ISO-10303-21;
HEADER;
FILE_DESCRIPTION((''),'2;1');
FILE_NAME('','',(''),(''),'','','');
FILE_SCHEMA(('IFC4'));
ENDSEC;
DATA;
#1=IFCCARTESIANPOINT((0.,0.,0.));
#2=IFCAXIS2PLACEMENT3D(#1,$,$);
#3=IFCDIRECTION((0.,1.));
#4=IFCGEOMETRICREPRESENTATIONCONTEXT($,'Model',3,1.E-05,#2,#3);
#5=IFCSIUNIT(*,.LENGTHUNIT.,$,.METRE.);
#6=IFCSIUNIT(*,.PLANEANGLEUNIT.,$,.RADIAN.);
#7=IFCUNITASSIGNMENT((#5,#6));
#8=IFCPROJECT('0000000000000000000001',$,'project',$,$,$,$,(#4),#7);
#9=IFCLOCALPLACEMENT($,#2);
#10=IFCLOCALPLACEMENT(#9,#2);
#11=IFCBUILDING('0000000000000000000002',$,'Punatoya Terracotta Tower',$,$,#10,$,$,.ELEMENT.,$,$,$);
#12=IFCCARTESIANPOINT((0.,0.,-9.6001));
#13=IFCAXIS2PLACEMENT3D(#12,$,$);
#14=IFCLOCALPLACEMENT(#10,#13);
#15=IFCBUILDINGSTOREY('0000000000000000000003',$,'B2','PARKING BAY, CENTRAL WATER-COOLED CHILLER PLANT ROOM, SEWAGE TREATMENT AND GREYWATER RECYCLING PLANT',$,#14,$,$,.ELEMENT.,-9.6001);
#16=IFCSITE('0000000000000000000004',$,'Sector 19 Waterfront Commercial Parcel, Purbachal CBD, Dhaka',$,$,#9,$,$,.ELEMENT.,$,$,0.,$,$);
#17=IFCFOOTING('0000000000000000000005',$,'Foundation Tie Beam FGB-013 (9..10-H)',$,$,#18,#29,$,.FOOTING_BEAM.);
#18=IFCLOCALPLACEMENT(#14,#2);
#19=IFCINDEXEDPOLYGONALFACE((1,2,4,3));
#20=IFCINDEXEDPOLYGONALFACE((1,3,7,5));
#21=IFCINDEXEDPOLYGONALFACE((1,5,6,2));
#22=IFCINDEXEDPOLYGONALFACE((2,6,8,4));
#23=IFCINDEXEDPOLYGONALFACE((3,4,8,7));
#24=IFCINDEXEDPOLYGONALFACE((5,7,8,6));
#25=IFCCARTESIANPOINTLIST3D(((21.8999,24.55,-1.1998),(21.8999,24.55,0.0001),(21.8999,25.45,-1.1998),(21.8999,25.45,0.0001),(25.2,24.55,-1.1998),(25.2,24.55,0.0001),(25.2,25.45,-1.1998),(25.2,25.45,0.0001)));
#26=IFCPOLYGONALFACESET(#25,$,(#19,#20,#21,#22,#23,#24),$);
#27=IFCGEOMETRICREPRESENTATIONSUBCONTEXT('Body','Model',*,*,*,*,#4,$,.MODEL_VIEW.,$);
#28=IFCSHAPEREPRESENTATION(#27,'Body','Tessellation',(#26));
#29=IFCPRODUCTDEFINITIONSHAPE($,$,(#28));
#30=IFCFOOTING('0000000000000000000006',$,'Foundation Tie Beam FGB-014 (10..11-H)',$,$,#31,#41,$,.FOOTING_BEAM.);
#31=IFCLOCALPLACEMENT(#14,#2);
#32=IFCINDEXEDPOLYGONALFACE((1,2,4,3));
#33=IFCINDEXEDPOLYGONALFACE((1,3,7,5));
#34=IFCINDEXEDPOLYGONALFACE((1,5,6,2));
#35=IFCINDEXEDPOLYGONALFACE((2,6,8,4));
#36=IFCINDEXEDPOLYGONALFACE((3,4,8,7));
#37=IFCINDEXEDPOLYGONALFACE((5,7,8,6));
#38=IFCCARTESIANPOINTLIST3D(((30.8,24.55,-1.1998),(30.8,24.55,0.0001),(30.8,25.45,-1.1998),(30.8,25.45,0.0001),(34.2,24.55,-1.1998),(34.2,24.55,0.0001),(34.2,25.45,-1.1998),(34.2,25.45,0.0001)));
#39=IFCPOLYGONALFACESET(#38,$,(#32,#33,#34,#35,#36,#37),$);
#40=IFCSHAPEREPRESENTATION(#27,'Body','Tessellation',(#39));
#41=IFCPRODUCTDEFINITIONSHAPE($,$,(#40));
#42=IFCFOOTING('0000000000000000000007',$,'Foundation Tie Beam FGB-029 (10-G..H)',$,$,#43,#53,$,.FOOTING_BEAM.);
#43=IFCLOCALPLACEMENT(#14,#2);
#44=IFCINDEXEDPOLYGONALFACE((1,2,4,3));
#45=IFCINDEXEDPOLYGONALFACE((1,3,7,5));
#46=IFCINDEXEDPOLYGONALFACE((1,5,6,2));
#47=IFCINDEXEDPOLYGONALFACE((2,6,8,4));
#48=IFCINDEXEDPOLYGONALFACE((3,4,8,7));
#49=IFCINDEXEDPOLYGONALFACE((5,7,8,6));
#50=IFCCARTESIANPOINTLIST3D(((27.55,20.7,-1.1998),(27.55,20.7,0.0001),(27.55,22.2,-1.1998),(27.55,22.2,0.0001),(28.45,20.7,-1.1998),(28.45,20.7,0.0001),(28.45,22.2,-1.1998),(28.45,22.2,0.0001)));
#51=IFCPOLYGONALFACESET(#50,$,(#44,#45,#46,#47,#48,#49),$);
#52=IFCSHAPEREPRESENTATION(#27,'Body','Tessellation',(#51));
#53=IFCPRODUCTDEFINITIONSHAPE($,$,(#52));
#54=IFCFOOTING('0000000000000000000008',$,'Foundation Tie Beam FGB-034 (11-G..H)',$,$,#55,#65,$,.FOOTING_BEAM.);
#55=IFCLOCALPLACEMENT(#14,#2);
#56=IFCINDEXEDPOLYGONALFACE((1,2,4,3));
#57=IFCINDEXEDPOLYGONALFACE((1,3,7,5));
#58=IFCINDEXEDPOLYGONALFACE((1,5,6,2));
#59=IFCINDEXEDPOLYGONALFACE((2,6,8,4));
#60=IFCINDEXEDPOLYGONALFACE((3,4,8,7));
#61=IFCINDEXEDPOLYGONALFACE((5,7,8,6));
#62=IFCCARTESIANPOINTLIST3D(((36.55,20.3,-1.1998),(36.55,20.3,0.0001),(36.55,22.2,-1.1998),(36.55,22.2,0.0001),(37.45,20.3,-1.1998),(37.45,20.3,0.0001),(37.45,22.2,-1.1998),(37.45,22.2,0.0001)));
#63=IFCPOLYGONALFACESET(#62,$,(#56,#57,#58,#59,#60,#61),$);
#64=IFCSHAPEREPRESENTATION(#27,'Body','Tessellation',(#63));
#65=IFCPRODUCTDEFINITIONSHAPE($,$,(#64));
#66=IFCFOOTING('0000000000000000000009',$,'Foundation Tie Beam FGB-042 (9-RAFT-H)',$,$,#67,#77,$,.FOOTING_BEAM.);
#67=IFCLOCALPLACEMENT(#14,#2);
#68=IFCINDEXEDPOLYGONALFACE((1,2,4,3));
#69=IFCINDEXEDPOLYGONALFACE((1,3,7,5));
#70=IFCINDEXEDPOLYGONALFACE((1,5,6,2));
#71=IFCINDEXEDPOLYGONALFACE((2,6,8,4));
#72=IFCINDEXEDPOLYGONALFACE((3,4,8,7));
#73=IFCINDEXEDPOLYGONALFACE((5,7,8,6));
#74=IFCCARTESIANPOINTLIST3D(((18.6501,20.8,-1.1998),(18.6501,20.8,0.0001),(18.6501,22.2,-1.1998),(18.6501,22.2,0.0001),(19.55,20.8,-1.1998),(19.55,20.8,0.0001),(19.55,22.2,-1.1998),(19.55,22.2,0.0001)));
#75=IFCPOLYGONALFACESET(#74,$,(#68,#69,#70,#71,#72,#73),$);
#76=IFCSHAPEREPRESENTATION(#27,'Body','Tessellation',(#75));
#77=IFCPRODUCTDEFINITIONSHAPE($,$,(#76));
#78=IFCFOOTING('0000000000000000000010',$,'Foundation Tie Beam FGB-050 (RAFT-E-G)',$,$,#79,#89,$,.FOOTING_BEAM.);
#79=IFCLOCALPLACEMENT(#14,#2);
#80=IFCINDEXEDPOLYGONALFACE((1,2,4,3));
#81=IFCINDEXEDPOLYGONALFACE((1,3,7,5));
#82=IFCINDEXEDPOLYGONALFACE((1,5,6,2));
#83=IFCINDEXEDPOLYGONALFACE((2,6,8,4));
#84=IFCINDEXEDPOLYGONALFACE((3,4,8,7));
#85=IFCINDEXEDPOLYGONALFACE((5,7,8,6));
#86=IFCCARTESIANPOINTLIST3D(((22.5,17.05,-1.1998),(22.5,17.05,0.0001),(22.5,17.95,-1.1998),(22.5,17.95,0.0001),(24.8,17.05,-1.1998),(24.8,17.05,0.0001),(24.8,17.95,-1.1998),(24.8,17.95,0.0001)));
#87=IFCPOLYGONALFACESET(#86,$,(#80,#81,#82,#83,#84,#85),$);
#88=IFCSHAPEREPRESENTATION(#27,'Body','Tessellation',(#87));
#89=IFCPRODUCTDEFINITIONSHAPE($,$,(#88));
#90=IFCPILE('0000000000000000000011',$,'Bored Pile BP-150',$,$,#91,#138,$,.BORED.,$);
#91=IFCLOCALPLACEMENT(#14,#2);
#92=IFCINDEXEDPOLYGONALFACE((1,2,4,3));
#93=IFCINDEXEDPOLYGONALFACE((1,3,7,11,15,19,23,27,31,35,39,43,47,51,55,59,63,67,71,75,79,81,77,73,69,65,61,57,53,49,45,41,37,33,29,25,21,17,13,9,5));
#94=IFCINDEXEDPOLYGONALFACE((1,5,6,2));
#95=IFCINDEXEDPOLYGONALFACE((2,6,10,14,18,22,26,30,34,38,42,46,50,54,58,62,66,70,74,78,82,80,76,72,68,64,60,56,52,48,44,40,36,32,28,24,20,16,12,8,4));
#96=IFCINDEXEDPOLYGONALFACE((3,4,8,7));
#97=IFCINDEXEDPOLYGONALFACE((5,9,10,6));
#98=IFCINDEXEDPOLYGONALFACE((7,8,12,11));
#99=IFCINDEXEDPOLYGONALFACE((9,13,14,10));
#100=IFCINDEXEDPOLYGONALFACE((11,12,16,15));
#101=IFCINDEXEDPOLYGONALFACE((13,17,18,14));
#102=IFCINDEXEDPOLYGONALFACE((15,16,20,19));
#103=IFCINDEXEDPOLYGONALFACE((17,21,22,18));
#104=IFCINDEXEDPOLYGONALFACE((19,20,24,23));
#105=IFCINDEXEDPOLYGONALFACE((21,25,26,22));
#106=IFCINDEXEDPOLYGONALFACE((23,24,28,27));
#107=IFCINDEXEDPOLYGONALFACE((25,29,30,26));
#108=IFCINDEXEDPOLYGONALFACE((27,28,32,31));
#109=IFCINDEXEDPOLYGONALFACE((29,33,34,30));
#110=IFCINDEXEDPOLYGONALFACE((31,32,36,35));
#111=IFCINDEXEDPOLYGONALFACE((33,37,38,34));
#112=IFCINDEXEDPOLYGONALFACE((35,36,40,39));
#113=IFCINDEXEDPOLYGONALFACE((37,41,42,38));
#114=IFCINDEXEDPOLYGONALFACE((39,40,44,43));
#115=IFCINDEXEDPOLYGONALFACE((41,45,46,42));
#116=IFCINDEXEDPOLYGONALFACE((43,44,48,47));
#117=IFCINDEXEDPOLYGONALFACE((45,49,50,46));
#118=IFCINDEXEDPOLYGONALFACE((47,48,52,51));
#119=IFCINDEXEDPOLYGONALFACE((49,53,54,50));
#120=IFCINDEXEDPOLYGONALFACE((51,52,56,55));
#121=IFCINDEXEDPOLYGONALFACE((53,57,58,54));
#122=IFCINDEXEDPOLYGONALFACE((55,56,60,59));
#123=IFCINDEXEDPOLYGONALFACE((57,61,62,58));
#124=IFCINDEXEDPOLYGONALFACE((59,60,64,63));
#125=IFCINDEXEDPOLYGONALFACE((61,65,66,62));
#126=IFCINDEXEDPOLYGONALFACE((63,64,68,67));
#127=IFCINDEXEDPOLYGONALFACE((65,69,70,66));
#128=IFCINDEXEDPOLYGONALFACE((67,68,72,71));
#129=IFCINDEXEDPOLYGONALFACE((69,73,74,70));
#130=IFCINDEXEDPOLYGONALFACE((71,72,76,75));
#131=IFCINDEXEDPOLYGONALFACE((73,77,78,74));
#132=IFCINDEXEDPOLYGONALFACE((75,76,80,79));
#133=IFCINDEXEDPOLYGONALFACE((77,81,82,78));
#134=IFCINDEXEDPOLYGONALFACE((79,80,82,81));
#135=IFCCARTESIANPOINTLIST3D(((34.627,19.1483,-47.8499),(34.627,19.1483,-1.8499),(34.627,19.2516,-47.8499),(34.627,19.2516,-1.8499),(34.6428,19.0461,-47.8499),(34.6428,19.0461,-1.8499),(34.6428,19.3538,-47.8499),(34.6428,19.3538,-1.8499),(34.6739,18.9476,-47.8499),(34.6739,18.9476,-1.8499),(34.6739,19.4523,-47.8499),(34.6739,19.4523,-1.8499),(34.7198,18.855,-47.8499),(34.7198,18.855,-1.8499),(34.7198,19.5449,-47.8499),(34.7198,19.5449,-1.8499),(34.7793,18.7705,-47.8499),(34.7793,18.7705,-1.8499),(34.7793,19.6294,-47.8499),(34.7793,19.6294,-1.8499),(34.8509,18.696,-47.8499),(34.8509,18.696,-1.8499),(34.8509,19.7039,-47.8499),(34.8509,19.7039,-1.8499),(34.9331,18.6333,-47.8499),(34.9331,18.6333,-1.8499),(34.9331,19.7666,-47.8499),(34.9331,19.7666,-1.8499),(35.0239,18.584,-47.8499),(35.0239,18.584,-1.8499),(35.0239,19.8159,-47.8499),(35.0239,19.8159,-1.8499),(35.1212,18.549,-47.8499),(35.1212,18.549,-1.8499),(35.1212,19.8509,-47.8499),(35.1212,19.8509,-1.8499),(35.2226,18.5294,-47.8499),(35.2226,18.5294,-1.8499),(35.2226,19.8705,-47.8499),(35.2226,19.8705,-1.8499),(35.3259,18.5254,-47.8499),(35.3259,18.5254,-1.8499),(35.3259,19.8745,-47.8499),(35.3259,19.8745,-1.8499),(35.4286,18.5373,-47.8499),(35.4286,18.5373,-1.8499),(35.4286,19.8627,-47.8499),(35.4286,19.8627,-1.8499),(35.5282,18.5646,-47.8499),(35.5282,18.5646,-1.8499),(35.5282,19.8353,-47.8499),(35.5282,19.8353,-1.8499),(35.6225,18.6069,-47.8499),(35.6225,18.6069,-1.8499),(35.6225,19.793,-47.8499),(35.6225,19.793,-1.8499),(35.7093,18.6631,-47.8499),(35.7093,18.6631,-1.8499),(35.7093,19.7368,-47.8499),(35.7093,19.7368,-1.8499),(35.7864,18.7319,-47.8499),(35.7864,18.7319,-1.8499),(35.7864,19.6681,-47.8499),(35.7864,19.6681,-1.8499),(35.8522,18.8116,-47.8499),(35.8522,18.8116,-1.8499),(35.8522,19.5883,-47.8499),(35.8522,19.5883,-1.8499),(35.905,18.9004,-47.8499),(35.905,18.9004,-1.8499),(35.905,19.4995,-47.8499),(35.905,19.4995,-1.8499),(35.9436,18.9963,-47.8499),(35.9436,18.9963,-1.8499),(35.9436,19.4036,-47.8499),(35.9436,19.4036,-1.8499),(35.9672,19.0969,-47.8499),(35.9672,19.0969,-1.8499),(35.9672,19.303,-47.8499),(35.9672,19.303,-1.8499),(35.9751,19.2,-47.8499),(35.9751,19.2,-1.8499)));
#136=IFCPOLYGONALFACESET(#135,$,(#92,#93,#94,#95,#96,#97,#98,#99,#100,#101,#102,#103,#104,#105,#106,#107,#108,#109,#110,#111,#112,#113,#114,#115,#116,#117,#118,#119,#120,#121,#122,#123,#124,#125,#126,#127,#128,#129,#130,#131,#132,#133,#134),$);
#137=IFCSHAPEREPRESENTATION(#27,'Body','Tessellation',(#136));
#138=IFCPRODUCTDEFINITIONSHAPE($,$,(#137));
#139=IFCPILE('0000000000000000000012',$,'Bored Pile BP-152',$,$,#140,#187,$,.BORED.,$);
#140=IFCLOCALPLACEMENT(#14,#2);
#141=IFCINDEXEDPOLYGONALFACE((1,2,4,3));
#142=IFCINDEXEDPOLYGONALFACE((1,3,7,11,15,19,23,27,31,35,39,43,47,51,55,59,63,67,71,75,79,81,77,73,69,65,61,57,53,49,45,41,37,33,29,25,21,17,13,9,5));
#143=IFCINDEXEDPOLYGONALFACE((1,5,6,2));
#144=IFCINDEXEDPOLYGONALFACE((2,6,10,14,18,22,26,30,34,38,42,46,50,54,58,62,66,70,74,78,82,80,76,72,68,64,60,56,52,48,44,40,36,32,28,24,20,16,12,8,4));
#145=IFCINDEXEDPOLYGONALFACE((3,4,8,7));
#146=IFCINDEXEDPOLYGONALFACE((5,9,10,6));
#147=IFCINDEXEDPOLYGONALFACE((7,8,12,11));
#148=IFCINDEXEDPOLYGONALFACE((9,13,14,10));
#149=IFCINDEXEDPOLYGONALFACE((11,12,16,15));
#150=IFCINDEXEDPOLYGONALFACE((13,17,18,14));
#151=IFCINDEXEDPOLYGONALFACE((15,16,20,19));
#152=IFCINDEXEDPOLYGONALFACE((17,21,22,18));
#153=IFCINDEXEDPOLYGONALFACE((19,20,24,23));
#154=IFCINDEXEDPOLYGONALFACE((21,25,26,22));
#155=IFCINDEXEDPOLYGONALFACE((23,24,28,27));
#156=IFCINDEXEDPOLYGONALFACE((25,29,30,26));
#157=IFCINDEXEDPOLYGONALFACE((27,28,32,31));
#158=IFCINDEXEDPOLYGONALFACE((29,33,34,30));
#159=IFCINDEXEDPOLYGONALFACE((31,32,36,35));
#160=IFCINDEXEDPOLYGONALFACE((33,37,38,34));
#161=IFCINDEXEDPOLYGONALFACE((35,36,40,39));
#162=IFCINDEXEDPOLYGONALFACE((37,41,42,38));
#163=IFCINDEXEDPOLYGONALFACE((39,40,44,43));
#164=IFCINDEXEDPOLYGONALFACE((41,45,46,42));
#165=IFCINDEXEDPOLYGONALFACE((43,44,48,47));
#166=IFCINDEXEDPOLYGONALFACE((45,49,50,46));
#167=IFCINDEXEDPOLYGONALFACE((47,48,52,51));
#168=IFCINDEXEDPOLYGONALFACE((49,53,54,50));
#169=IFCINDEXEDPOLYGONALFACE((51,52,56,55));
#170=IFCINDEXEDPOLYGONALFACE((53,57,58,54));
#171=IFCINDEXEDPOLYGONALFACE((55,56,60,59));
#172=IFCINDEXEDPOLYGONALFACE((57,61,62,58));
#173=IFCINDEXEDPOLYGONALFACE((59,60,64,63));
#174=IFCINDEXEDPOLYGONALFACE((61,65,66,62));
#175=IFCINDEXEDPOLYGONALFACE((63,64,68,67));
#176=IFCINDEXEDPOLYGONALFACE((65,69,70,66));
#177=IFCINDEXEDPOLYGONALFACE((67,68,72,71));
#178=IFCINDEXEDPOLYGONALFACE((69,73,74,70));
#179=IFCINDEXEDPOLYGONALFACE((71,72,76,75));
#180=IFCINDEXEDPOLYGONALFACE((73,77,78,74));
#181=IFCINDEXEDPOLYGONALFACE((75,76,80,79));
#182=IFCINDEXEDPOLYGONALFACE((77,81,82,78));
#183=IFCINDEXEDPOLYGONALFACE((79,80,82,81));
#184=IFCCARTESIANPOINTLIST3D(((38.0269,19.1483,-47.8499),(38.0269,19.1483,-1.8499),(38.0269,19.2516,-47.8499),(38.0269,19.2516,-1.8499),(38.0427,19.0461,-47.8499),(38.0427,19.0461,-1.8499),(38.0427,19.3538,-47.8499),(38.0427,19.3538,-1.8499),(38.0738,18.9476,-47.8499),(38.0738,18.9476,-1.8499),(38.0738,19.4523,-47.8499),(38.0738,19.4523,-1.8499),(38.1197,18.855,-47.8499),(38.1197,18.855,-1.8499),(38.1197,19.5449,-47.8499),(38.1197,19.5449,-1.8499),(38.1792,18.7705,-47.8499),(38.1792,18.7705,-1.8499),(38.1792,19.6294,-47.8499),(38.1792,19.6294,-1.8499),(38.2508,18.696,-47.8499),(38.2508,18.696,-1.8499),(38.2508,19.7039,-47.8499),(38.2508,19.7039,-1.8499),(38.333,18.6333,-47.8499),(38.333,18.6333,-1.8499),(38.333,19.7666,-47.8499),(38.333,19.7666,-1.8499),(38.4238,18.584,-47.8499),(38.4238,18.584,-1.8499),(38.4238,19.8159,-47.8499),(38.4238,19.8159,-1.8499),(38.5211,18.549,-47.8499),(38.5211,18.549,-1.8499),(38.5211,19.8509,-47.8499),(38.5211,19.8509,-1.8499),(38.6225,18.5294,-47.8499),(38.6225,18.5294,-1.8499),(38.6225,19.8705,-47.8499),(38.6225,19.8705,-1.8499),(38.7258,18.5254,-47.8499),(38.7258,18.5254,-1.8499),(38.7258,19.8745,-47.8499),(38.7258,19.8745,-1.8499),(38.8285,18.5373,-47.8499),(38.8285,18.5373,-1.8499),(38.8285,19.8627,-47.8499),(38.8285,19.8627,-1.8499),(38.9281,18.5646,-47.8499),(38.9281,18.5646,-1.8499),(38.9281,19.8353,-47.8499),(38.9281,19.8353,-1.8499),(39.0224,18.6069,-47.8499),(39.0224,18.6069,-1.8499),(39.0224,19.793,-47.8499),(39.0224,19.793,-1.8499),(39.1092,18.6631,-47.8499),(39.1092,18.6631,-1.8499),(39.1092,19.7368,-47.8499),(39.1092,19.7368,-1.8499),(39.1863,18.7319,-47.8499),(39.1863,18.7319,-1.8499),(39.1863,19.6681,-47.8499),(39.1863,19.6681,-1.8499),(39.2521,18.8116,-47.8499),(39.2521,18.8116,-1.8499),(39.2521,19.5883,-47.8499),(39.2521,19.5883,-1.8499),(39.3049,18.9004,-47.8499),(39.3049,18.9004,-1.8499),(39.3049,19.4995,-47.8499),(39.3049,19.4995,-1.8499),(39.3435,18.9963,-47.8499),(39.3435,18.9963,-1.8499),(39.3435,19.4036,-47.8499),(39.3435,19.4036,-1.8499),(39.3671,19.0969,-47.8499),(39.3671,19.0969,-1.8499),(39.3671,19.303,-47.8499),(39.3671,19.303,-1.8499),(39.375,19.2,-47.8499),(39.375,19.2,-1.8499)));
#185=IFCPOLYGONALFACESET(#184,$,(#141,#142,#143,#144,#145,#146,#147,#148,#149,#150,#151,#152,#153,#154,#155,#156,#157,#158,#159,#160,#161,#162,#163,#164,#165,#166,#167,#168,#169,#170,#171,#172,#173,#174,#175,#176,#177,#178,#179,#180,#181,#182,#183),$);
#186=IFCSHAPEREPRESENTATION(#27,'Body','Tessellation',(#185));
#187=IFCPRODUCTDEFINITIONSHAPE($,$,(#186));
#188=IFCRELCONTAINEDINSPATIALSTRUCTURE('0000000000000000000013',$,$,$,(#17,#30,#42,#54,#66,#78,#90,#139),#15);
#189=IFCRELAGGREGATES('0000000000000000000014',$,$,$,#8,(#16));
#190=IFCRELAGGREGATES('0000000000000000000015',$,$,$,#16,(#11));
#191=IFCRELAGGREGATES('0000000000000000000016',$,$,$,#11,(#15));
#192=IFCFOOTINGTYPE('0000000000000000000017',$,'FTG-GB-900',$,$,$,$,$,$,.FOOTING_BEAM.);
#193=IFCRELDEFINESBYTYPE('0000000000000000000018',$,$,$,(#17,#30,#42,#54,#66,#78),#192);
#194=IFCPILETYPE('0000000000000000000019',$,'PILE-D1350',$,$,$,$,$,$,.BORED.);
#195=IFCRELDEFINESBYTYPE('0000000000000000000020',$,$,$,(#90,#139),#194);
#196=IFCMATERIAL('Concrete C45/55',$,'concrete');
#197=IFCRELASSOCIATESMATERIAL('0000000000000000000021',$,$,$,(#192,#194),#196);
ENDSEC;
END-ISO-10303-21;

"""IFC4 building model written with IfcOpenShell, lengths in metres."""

from ifc_helpers import new_model, si_unit, direction, frame, origin, origin_2d, place, context, subcontext, project, spatial, rectangle, circle, extrude, material, material_profile, profile_set, type_object, element, save


model = new_model("IFC4")

# Units and contexts
model_context = context("Model", 3, precision=1e-05, world=origin(), true_north=direction((0.0, 1.0)))
body_context = subcontext(model_context, "Body", "Model", "MODEL_VIEW")
ifc_project = project(units=[si_unit("LENGTHUNIT", "METRE"), si_unit("PLANEANGLEUNIT", "RADIAN")], contexts=[model_context])

# Site, building, storey
site_placement = place(None, origin())
site = spatial("IfcSite", under=ifc_project, at=site_placement, Name="Sector 19 Waterfront Commercial Parcel, Purbachal CBD, Dhaka", CompositionType="ELEMENT", RefElevation=0.0)
building_placement = place(site_placement, origin())
building = spatial("IfcBuilding", under=site, at=building_placement, Name="Punatoya Terracotta Tower", CompositionType="ELEMENT")
storey_placement = place(building_placement, frame((0.0, 0.0, -9.6001)))
storey = spatial("IfcBuildingStorey", under=building, at=storey_placement, Name="B2", Description="PARKING BAY, CENTRAL WATER-COOLED CHILLER PLANT ROOM, SEWAGE TREATMENT AND GREYWATER RECYCLING PLANT", CompositionType="ELEMENT", Elevation=-9.6001)

# Footings
ifc_material_1 = material(Name="Concrete C45/55", Category="concrete")
ifc_material_profile_1 = material_profile(ifc_material_1, rectangle(XDim=0.8999, YDim=1.2, at=origin_2d()))
ifc_profile_set_1 = profile_set([ifc_material_profile_1], Name="Concrete C45/55")
footing_type = type_object("IfcFootingType", Name="FTG-GB-900", PredefinedType="FOOTING_BEAM", material=ifc_profile_set_1)
footing_1_placement = place(storey_placement, frame((21.8999, 25.0, -0.5999), z_axis=(1.0, 0.0, 0.0), x_axis=(0.0, 1.0, 0.0)))
element("IfcFooting", 1, at=footing_1_placement, inside=storey, type_object=footing_type, Name="Foundation Tie Beam FGB-013 (9..10-H)", PredefinedType="FOOTING_BEAM", context=body_context, shape_type="SweptSolid", body=[
    extrude(rectangle(XDim=0.8999, YDim=1.2, at=origin_2d()), origin(), (0.0, 0.0, 1.0), 3.3),
])
footing_2_placement = place(storey_placement, frame((30.8, 25.0, -0.5999), z_axis=(1.0, 0.0, 0.0), x_axis=(0.0, 1.0, 0.0)))
element("IfcFooting", 2, at=footing_2_placement, inside=storey, type_object=footing_type, Name="Foundation Tie Beam FGB-014 (10..11-H)", PredefinedType="FOOTING_BEAM", context=body_context, shape_type="SweptSolid", body=[
    extrude(rectangle(XDim=0.8999, YDim=1.2, at=origin_2d()), origin(), (0.0, 0.0, 1.0), 3.3999),
])
footing_3_placement = place(storey_placement, frame((28.0, 20.7, -0.5999), z_axis=(0.0, 1.0, 0.0), x_axis=(-1.0, 0.0, 0.0)))
element("IfcFooting", 3, at=footing_3_placement, inside=storey, type_object=footing_type, Name="Foundation Tie Beam FGB-029 (10-G..H)", PredefinedType="FOOTING_BEAM", context=body_context, shape_type="SweptSolid", body=[
    extrude(rectangle(XDim=0.8999, YDim=1.2, at=origin_2d()), origin(), (0.0, 0.0, 1.0), 1.5),
])
footing_4_placement = place(storey_placement, frame((37.0, 20.3, -0.5999), z_axis=(0.0, 1.0, 0.0), x_axis=(-1.0, 0.0, 0.0)))
element("IfcFooting", 4, at=footing_4_placement, inside=storey, type_object=footing_type, Name="Foundation Tie Beam FGB-034 (11-G..H)", PredefinedType="FOOTING_BEAM", context=body_context, shape_type="SweptSolid", body=[
    extrude(rectangle(XDim=0.8999, YDim=1.2, at=origin_2d()), origin(), (0.0, 0.0, 1.0), 1.8999),
])
footing_5_placement = place(storey_placement, frame((19.1001, 20.8, -0.5999), z_axis=(0.0, 1.0, 0.0), x_axis=(-1.0, 0.0, 0.0)))
element("IfcFooting", 5, at=footing_5_placement, inside=storey, type_object=footing_type, Name="Foundation Tie Beam FGB-042 (9-RAFT-H)", PredefinedType="FOOTING_BEAM", context=body_context, shape_type="SweptSolid", body=[
    extrude(rectangle(XDim=0.8999, YDim=1.2, at=origin_2d()), origin(), (0.0, 0.0, 1.0), 1.3999),
])
footing_6_placement = place(storey_placement, frame((22.5, 17.5, -0.5999), z_axis=(1.0, 0.0, 0.0), x_axis=(0.0, 1.0, 0.0)))
element("IfcFooting", 6, at=footing_6_placement, inside=storey, type_object=footing_type, Name="Foundation Tie Beam FGB-050 (RAFT-E-G)", PredefinedType="FOOTING_BEAM", context=body_context, shape_type="SweptSolid", body=[
    extrude(rectangle(XDim=0.8999, YDim=1.2, at=origin_2d()), origin(), (0.0, 0.0, 1.0), 2.3),
])

# Piles
ifc_material_profile_2 = material_profile(ifc_material_1, circle(Radius=0.675, at=origin_2d()))
ifc_profile_set_2 = profile_set([ifc_material_profile_2], Name="Concrete C45/55")
pile_type_1 = type_object("IfcPileType", Name="PILE-D1350", PredefinedType="BORED", material=ifc_profile_set_2)
for number, where, z_axis, x_axis, name in (
    (7, (35.3, 19.2, -1.8499), (0.0, 0.0, -1.0), (1.0, 0.0, 0.0), "Bored Pile BP-150"),
    (8, (38.7, 19.2, -1.8499), (0.0, 0.0, -1.0), (1.0, 0.0, 0.0), "Bored Pile BP-152"),
):
    element("IfcPile", number, at=place(storey_placement, frame(where, z_axis=z_axis, x_axis=x_axis)), inside=storey, type_object=pile_type_1, Name=name, PredefinedType="BORED", context=body_context, shape_type="SweptSolid", body=[
        extrude(circle(Radius=0.675, at=origin_2d()), origin(), (0.0, 0.0, 1.0), 46.0),
    ])

save(model, "model.ifc")
